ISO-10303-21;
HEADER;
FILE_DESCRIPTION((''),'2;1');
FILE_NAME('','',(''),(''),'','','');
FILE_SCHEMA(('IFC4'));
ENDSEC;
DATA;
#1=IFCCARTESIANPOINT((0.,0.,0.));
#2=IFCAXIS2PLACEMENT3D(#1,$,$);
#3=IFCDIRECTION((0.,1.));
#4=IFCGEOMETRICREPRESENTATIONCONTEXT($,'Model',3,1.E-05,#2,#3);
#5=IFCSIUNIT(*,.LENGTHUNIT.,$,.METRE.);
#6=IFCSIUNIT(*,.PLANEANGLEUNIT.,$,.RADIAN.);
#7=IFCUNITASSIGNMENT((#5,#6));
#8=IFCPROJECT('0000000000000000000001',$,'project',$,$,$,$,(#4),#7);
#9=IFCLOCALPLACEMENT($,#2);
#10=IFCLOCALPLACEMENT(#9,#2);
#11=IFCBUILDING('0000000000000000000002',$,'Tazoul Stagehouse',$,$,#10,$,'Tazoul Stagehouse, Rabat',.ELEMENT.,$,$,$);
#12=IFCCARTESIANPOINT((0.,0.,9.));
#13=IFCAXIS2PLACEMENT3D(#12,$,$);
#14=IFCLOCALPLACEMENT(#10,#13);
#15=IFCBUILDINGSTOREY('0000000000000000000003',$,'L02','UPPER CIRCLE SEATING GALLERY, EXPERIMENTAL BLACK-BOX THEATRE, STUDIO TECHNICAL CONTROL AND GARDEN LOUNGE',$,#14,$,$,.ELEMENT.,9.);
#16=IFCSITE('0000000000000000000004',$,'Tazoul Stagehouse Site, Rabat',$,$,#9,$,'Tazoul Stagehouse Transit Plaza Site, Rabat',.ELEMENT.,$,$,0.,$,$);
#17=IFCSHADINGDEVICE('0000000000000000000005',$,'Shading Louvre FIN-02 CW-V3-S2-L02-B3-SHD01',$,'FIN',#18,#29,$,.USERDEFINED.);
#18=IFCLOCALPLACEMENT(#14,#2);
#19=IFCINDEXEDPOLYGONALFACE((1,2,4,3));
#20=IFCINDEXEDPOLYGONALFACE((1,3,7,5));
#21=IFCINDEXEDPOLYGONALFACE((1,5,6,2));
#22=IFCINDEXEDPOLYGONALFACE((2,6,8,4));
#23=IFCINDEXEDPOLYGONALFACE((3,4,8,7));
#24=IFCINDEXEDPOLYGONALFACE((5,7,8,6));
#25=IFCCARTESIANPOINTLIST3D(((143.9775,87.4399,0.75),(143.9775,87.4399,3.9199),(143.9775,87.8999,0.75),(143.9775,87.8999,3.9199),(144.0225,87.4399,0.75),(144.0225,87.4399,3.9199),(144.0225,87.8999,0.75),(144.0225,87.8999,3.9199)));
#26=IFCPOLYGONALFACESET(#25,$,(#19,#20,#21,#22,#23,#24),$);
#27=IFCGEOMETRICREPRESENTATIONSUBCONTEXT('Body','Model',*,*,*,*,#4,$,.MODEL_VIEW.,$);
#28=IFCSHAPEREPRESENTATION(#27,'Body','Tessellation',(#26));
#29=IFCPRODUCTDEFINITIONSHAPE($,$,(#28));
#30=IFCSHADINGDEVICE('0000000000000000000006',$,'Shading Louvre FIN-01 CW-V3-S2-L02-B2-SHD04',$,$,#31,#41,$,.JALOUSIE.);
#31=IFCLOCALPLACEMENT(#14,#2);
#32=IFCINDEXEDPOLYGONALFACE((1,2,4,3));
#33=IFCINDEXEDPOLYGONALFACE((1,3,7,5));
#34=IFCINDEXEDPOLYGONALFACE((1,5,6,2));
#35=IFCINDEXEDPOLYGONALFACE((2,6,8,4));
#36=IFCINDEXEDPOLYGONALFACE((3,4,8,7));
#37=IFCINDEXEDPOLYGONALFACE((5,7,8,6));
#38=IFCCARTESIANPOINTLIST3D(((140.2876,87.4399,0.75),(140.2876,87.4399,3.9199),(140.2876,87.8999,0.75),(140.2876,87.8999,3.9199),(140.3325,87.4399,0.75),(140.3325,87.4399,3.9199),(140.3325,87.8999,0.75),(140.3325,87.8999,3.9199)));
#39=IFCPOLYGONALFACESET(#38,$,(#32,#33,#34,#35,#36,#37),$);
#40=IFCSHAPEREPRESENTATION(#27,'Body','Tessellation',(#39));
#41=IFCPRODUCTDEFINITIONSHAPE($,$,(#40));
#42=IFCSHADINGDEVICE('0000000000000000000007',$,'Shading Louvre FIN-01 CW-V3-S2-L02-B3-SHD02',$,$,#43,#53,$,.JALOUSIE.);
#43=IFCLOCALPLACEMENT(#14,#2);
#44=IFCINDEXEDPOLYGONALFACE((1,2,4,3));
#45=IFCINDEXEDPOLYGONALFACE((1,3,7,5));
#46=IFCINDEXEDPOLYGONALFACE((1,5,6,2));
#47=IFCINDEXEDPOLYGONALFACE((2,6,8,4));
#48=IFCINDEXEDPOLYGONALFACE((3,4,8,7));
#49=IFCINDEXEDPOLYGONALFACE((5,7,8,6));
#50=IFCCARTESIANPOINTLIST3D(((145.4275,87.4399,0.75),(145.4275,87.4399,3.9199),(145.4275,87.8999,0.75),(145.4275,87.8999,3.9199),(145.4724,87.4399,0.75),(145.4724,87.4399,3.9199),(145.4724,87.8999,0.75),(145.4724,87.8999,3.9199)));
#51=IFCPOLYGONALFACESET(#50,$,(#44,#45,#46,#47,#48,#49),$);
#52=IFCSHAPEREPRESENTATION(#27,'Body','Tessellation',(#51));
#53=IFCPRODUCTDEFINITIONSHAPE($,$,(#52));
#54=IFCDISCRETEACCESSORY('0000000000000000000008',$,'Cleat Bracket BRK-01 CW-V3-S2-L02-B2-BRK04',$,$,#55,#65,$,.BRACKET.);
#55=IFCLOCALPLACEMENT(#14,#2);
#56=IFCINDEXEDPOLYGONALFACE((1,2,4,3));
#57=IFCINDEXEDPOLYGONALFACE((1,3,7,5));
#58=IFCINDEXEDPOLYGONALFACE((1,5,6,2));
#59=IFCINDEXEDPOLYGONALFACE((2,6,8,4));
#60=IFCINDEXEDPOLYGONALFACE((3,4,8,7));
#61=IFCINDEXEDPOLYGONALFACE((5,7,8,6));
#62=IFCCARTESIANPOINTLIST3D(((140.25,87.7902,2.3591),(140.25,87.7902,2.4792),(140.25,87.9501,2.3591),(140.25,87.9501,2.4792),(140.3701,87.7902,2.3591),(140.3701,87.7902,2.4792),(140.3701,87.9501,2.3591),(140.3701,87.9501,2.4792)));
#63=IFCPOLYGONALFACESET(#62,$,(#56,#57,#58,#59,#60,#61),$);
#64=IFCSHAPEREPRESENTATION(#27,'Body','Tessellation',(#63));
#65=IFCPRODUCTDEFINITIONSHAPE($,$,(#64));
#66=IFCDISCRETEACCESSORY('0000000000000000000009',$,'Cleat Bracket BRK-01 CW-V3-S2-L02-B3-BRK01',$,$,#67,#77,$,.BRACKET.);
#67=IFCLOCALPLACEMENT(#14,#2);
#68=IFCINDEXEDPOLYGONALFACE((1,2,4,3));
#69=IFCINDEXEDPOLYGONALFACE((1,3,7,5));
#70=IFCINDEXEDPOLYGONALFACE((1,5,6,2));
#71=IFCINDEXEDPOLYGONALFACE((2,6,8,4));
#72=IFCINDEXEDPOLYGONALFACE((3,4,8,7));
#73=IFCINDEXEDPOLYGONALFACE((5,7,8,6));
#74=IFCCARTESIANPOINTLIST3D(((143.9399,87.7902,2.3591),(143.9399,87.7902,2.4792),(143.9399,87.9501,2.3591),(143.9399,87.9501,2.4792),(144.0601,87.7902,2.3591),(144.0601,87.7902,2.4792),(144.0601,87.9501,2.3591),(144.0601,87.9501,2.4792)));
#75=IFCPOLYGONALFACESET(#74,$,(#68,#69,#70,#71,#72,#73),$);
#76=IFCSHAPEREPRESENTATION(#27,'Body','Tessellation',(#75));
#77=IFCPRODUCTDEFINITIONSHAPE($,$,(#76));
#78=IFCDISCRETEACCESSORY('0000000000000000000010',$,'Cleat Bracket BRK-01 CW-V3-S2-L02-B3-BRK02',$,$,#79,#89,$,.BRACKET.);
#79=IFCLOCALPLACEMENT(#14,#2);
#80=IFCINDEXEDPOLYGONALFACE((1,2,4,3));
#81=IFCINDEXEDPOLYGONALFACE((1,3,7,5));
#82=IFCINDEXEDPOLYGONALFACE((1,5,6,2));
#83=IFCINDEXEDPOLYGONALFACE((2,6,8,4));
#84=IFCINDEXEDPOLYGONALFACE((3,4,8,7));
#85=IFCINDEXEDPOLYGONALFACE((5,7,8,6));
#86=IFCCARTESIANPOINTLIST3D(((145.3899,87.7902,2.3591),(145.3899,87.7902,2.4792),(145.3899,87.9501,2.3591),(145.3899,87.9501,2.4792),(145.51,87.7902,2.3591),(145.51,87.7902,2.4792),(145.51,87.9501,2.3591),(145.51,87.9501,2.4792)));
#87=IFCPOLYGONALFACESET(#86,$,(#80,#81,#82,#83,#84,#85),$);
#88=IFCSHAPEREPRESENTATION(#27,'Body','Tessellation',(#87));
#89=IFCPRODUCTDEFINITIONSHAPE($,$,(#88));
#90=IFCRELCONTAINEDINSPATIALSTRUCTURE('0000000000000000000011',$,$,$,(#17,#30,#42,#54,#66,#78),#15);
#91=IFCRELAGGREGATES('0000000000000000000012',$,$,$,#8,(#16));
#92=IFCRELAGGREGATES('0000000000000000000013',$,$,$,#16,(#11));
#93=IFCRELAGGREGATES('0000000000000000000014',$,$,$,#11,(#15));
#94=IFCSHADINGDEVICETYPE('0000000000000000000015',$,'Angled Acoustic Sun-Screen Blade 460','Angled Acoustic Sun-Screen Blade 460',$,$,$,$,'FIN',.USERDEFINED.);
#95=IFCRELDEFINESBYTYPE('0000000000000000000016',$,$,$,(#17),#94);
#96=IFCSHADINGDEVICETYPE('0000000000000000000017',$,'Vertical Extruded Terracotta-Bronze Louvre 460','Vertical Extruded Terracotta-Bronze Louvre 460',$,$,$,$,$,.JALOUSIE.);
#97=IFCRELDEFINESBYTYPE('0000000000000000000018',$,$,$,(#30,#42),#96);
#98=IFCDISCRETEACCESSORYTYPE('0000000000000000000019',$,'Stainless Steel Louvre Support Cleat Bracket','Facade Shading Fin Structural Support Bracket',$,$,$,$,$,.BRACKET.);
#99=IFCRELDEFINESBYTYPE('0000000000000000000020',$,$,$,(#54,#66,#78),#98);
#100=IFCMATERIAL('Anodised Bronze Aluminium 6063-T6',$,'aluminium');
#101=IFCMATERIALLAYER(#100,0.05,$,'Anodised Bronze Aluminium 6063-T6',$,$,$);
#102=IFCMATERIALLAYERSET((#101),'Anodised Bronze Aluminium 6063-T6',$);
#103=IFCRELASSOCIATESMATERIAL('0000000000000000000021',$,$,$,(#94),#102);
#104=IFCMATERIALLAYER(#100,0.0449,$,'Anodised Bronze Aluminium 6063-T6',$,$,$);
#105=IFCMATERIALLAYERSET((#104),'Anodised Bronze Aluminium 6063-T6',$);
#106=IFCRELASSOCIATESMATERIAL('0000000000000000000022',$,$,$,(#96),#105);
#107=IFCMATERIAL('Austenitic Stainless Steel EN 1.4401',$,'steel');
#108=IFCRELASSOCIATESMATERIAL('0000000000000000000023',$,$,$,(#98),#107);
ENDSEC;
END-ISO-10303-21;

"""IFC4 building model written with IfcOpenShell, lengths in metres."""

from ifc_helpers import new_model, si_unit, direction, frame, origin, origin_2d, place, context, subcontext, project, spatial, rectangle, extrude, material, layer, layer_set, type_object, element, save


model = new_model("IFC4")

# Units and contexts
model_context = context("Model", 3, precision=1e-05, world=origin(), true_north=direction((0.0, 1.0)))
body_context = subcontext(model_context, "Body", "Model", "MODEL_VIEW")
ifc_project = project(units=[si_unit("LENGTHUNIT", "METRE"), si_unit("PLANEANGLEUNIT", "RADIAN")], contexts=[model_context])

# Site, building, storey
site_placement = place(None, origin())
site = spatial("IfcSite", under=ifc_project, at=site_placement, Name="Tazoul Stagehouse Site, Rabat", LongName="Tazoul Stagehouse Transit Plaza Site, Rabat", CompositionType="ELEMENT", RefElevation=0.0)
building_placement = place(site_placement, origin())
building = spatial("IfcBuilding", under=site, at=building_placement, Name="Tazoul Stagehouse", LongName="Tazoul Stagehouse, Rabat", CompositionType="ELEMENT")
storey_placement = place(building_placement, frame((0.0, 0.0, 9.0)))
storey = spatial("IfcBuildingStorey", under=building, at=storey_placement, Name="L02", Description="UPPER CIRCLE SEATING GALLERY, EXPERIMENTAL BLACK-BOX THEATRE, STUDIO TECHNICAL CONTROL AND GARDEN LOUNGE", CompositionType="ELEMENT", Elevation=9.0)

# Shared definitions
ifc_material_1 = material(Name="Anodised Bronze Aluminium 6063-T6", Category="aluminium")

# Shading devices
ifc_layer_1 = layer(ifc_material_1, 0.05, Name="Anodised Bronze Aluminium 6063-T6")
ifc_layer_set_1 = layer_set([ifc_layer_1], Name="Anodised Bronze Aluminium 6063-T6")
shading_device_type_1 = type_object("IfcShadingDeviceType", Name="Angled Acoustic Sun-Screen Blade 460", Description="Angled Acoustic Sun-Screen Blade 460", ElementType="FIN", PredefinedType="USERDEFINED", material=ifc_layer_set_1)
shading_device_placement = place(storey_placement, frame((144.0, 87.6699, 0.75), z_axis=(0.0, 0.0, 1.0), x_axis=(1.0, 0.0, 0.0)))
element("IfcShadingDevice", 1, at=shading_device_placement, inside=storey, type_object=shading_device_type_1, Name="Shading Louvre FIN-02 CW-V3-S2-L02-B3-SHD01", ObjectType="FIN", PredefinedType="USERDEFINED", context=body_context, shape_type="SweptSolid", body=[
    extrude(rectangle(XDim=0.0449, YDim=0.46, at=origin_2d()), origin(), (0.0, 0.0, 1.0), 3.1699),
])
ifc_layer_2 = layer(ifc_material_1, 0.0449, Name="Anodised Bronze Aluminium 6063-T6")
ifc_layer_set_2 = layer_set([ifc_layer_2], Name="Anodised Bronze Aluminium 6063-T6")
shading_device_type_2 = type_object("IfcShadingDeviceType", Name="Vertical Extruded Terracotta-Bronze Louvre 460", Description="Vertical Extruded Terracotta-Bronze Louvre 460", PredefinedType="JALOUSIE", material=ifc_layer_set_2)
for number, where, z_axis, x_axis, name in (
    (2, (140.3101, 87.6699, 0.75), (0.0, 0.0, 1.0), (1.0, 0.0, 0.0), "Shading Louvre FIN-01 CW-V3-S2-L02-B2-SHD04"),
    (3, (145.45, 87.6699, 0.75), (0.0, 0.0, 1.0), (1.0, 0.0, 0.0), "Shading Louvre FIN-01 CW-V3-S2-L02-B3-SHD02"),
):
    element("IfcShadingDevice", number, at=place(storey_placement, frame(where, z_axis=z_axis, x_axis=x_axis)), inside=storey, type_object=shading_device_type_2, Name=name, PredefinedType="JALOUSIE", context=body_context, shape_type="SweptSolid", body=[
        extrude(rectangle(XDim=0.0449, YDim=0.46, at=origin_2d()), origin(), (0.0, 0.0, 1.0), 3.1699),
    ])

# Discrete accessories
ifc_material_2 = material(Name="Austenitic Stainless Steel EN 1.4401", Category="steel")
discrete_accessory_type = type_object("IfcDiscreteAccessoryType", Name="Stainless Steel Louvre Support Cleat Bracket", Description="Facade Shading Fin Structural Support Bracket", PredefinedType="BRACKET", material=ifc_material_2)
for number, where, z_axis, x_axis, name in (
    (4, (140.3101, 87.8701, 2.3591), (0.0, 0.0, 1.0), (1.0, 0.0, 0.0), "Cleat Bracket BRK-01 CW-V3-S2-L02-B2-BRK04"),
    (5, (144.0, 87.8701, 2.3591), (0.0, 0.0, 1.0), (1.0, 0.0, 0.0), "Cleat Bracket BRK-01 CW-V3-S2-L02-B3-BRK01"),
    (6, (145.45, 87.8701, 2.3591), (0.0, 0.0, 1.0), (1.0, 0.0, 0.0), "Cleat Bracket BRK-01 CW-V3-S2-L02-B3-BRK02"),
):
    element("IfcDiscreteAccessory", number, at=place(storey_placement, frame(where, z_axis=z_axis, x_axis=x_axis)), inside=storey, type_object=discrete_accessory_type, Name=name, PredefinedType="BRACKET", context=body_context, shape_type="SweptSolid", body=[
        extrude(rectangle(XDim=0.1201, YDim=0.1599, at=origin_2d()), origin(), (0.0, 0.0, 1.0), 0.1201),
    ])

save(model, "model.ifc")
